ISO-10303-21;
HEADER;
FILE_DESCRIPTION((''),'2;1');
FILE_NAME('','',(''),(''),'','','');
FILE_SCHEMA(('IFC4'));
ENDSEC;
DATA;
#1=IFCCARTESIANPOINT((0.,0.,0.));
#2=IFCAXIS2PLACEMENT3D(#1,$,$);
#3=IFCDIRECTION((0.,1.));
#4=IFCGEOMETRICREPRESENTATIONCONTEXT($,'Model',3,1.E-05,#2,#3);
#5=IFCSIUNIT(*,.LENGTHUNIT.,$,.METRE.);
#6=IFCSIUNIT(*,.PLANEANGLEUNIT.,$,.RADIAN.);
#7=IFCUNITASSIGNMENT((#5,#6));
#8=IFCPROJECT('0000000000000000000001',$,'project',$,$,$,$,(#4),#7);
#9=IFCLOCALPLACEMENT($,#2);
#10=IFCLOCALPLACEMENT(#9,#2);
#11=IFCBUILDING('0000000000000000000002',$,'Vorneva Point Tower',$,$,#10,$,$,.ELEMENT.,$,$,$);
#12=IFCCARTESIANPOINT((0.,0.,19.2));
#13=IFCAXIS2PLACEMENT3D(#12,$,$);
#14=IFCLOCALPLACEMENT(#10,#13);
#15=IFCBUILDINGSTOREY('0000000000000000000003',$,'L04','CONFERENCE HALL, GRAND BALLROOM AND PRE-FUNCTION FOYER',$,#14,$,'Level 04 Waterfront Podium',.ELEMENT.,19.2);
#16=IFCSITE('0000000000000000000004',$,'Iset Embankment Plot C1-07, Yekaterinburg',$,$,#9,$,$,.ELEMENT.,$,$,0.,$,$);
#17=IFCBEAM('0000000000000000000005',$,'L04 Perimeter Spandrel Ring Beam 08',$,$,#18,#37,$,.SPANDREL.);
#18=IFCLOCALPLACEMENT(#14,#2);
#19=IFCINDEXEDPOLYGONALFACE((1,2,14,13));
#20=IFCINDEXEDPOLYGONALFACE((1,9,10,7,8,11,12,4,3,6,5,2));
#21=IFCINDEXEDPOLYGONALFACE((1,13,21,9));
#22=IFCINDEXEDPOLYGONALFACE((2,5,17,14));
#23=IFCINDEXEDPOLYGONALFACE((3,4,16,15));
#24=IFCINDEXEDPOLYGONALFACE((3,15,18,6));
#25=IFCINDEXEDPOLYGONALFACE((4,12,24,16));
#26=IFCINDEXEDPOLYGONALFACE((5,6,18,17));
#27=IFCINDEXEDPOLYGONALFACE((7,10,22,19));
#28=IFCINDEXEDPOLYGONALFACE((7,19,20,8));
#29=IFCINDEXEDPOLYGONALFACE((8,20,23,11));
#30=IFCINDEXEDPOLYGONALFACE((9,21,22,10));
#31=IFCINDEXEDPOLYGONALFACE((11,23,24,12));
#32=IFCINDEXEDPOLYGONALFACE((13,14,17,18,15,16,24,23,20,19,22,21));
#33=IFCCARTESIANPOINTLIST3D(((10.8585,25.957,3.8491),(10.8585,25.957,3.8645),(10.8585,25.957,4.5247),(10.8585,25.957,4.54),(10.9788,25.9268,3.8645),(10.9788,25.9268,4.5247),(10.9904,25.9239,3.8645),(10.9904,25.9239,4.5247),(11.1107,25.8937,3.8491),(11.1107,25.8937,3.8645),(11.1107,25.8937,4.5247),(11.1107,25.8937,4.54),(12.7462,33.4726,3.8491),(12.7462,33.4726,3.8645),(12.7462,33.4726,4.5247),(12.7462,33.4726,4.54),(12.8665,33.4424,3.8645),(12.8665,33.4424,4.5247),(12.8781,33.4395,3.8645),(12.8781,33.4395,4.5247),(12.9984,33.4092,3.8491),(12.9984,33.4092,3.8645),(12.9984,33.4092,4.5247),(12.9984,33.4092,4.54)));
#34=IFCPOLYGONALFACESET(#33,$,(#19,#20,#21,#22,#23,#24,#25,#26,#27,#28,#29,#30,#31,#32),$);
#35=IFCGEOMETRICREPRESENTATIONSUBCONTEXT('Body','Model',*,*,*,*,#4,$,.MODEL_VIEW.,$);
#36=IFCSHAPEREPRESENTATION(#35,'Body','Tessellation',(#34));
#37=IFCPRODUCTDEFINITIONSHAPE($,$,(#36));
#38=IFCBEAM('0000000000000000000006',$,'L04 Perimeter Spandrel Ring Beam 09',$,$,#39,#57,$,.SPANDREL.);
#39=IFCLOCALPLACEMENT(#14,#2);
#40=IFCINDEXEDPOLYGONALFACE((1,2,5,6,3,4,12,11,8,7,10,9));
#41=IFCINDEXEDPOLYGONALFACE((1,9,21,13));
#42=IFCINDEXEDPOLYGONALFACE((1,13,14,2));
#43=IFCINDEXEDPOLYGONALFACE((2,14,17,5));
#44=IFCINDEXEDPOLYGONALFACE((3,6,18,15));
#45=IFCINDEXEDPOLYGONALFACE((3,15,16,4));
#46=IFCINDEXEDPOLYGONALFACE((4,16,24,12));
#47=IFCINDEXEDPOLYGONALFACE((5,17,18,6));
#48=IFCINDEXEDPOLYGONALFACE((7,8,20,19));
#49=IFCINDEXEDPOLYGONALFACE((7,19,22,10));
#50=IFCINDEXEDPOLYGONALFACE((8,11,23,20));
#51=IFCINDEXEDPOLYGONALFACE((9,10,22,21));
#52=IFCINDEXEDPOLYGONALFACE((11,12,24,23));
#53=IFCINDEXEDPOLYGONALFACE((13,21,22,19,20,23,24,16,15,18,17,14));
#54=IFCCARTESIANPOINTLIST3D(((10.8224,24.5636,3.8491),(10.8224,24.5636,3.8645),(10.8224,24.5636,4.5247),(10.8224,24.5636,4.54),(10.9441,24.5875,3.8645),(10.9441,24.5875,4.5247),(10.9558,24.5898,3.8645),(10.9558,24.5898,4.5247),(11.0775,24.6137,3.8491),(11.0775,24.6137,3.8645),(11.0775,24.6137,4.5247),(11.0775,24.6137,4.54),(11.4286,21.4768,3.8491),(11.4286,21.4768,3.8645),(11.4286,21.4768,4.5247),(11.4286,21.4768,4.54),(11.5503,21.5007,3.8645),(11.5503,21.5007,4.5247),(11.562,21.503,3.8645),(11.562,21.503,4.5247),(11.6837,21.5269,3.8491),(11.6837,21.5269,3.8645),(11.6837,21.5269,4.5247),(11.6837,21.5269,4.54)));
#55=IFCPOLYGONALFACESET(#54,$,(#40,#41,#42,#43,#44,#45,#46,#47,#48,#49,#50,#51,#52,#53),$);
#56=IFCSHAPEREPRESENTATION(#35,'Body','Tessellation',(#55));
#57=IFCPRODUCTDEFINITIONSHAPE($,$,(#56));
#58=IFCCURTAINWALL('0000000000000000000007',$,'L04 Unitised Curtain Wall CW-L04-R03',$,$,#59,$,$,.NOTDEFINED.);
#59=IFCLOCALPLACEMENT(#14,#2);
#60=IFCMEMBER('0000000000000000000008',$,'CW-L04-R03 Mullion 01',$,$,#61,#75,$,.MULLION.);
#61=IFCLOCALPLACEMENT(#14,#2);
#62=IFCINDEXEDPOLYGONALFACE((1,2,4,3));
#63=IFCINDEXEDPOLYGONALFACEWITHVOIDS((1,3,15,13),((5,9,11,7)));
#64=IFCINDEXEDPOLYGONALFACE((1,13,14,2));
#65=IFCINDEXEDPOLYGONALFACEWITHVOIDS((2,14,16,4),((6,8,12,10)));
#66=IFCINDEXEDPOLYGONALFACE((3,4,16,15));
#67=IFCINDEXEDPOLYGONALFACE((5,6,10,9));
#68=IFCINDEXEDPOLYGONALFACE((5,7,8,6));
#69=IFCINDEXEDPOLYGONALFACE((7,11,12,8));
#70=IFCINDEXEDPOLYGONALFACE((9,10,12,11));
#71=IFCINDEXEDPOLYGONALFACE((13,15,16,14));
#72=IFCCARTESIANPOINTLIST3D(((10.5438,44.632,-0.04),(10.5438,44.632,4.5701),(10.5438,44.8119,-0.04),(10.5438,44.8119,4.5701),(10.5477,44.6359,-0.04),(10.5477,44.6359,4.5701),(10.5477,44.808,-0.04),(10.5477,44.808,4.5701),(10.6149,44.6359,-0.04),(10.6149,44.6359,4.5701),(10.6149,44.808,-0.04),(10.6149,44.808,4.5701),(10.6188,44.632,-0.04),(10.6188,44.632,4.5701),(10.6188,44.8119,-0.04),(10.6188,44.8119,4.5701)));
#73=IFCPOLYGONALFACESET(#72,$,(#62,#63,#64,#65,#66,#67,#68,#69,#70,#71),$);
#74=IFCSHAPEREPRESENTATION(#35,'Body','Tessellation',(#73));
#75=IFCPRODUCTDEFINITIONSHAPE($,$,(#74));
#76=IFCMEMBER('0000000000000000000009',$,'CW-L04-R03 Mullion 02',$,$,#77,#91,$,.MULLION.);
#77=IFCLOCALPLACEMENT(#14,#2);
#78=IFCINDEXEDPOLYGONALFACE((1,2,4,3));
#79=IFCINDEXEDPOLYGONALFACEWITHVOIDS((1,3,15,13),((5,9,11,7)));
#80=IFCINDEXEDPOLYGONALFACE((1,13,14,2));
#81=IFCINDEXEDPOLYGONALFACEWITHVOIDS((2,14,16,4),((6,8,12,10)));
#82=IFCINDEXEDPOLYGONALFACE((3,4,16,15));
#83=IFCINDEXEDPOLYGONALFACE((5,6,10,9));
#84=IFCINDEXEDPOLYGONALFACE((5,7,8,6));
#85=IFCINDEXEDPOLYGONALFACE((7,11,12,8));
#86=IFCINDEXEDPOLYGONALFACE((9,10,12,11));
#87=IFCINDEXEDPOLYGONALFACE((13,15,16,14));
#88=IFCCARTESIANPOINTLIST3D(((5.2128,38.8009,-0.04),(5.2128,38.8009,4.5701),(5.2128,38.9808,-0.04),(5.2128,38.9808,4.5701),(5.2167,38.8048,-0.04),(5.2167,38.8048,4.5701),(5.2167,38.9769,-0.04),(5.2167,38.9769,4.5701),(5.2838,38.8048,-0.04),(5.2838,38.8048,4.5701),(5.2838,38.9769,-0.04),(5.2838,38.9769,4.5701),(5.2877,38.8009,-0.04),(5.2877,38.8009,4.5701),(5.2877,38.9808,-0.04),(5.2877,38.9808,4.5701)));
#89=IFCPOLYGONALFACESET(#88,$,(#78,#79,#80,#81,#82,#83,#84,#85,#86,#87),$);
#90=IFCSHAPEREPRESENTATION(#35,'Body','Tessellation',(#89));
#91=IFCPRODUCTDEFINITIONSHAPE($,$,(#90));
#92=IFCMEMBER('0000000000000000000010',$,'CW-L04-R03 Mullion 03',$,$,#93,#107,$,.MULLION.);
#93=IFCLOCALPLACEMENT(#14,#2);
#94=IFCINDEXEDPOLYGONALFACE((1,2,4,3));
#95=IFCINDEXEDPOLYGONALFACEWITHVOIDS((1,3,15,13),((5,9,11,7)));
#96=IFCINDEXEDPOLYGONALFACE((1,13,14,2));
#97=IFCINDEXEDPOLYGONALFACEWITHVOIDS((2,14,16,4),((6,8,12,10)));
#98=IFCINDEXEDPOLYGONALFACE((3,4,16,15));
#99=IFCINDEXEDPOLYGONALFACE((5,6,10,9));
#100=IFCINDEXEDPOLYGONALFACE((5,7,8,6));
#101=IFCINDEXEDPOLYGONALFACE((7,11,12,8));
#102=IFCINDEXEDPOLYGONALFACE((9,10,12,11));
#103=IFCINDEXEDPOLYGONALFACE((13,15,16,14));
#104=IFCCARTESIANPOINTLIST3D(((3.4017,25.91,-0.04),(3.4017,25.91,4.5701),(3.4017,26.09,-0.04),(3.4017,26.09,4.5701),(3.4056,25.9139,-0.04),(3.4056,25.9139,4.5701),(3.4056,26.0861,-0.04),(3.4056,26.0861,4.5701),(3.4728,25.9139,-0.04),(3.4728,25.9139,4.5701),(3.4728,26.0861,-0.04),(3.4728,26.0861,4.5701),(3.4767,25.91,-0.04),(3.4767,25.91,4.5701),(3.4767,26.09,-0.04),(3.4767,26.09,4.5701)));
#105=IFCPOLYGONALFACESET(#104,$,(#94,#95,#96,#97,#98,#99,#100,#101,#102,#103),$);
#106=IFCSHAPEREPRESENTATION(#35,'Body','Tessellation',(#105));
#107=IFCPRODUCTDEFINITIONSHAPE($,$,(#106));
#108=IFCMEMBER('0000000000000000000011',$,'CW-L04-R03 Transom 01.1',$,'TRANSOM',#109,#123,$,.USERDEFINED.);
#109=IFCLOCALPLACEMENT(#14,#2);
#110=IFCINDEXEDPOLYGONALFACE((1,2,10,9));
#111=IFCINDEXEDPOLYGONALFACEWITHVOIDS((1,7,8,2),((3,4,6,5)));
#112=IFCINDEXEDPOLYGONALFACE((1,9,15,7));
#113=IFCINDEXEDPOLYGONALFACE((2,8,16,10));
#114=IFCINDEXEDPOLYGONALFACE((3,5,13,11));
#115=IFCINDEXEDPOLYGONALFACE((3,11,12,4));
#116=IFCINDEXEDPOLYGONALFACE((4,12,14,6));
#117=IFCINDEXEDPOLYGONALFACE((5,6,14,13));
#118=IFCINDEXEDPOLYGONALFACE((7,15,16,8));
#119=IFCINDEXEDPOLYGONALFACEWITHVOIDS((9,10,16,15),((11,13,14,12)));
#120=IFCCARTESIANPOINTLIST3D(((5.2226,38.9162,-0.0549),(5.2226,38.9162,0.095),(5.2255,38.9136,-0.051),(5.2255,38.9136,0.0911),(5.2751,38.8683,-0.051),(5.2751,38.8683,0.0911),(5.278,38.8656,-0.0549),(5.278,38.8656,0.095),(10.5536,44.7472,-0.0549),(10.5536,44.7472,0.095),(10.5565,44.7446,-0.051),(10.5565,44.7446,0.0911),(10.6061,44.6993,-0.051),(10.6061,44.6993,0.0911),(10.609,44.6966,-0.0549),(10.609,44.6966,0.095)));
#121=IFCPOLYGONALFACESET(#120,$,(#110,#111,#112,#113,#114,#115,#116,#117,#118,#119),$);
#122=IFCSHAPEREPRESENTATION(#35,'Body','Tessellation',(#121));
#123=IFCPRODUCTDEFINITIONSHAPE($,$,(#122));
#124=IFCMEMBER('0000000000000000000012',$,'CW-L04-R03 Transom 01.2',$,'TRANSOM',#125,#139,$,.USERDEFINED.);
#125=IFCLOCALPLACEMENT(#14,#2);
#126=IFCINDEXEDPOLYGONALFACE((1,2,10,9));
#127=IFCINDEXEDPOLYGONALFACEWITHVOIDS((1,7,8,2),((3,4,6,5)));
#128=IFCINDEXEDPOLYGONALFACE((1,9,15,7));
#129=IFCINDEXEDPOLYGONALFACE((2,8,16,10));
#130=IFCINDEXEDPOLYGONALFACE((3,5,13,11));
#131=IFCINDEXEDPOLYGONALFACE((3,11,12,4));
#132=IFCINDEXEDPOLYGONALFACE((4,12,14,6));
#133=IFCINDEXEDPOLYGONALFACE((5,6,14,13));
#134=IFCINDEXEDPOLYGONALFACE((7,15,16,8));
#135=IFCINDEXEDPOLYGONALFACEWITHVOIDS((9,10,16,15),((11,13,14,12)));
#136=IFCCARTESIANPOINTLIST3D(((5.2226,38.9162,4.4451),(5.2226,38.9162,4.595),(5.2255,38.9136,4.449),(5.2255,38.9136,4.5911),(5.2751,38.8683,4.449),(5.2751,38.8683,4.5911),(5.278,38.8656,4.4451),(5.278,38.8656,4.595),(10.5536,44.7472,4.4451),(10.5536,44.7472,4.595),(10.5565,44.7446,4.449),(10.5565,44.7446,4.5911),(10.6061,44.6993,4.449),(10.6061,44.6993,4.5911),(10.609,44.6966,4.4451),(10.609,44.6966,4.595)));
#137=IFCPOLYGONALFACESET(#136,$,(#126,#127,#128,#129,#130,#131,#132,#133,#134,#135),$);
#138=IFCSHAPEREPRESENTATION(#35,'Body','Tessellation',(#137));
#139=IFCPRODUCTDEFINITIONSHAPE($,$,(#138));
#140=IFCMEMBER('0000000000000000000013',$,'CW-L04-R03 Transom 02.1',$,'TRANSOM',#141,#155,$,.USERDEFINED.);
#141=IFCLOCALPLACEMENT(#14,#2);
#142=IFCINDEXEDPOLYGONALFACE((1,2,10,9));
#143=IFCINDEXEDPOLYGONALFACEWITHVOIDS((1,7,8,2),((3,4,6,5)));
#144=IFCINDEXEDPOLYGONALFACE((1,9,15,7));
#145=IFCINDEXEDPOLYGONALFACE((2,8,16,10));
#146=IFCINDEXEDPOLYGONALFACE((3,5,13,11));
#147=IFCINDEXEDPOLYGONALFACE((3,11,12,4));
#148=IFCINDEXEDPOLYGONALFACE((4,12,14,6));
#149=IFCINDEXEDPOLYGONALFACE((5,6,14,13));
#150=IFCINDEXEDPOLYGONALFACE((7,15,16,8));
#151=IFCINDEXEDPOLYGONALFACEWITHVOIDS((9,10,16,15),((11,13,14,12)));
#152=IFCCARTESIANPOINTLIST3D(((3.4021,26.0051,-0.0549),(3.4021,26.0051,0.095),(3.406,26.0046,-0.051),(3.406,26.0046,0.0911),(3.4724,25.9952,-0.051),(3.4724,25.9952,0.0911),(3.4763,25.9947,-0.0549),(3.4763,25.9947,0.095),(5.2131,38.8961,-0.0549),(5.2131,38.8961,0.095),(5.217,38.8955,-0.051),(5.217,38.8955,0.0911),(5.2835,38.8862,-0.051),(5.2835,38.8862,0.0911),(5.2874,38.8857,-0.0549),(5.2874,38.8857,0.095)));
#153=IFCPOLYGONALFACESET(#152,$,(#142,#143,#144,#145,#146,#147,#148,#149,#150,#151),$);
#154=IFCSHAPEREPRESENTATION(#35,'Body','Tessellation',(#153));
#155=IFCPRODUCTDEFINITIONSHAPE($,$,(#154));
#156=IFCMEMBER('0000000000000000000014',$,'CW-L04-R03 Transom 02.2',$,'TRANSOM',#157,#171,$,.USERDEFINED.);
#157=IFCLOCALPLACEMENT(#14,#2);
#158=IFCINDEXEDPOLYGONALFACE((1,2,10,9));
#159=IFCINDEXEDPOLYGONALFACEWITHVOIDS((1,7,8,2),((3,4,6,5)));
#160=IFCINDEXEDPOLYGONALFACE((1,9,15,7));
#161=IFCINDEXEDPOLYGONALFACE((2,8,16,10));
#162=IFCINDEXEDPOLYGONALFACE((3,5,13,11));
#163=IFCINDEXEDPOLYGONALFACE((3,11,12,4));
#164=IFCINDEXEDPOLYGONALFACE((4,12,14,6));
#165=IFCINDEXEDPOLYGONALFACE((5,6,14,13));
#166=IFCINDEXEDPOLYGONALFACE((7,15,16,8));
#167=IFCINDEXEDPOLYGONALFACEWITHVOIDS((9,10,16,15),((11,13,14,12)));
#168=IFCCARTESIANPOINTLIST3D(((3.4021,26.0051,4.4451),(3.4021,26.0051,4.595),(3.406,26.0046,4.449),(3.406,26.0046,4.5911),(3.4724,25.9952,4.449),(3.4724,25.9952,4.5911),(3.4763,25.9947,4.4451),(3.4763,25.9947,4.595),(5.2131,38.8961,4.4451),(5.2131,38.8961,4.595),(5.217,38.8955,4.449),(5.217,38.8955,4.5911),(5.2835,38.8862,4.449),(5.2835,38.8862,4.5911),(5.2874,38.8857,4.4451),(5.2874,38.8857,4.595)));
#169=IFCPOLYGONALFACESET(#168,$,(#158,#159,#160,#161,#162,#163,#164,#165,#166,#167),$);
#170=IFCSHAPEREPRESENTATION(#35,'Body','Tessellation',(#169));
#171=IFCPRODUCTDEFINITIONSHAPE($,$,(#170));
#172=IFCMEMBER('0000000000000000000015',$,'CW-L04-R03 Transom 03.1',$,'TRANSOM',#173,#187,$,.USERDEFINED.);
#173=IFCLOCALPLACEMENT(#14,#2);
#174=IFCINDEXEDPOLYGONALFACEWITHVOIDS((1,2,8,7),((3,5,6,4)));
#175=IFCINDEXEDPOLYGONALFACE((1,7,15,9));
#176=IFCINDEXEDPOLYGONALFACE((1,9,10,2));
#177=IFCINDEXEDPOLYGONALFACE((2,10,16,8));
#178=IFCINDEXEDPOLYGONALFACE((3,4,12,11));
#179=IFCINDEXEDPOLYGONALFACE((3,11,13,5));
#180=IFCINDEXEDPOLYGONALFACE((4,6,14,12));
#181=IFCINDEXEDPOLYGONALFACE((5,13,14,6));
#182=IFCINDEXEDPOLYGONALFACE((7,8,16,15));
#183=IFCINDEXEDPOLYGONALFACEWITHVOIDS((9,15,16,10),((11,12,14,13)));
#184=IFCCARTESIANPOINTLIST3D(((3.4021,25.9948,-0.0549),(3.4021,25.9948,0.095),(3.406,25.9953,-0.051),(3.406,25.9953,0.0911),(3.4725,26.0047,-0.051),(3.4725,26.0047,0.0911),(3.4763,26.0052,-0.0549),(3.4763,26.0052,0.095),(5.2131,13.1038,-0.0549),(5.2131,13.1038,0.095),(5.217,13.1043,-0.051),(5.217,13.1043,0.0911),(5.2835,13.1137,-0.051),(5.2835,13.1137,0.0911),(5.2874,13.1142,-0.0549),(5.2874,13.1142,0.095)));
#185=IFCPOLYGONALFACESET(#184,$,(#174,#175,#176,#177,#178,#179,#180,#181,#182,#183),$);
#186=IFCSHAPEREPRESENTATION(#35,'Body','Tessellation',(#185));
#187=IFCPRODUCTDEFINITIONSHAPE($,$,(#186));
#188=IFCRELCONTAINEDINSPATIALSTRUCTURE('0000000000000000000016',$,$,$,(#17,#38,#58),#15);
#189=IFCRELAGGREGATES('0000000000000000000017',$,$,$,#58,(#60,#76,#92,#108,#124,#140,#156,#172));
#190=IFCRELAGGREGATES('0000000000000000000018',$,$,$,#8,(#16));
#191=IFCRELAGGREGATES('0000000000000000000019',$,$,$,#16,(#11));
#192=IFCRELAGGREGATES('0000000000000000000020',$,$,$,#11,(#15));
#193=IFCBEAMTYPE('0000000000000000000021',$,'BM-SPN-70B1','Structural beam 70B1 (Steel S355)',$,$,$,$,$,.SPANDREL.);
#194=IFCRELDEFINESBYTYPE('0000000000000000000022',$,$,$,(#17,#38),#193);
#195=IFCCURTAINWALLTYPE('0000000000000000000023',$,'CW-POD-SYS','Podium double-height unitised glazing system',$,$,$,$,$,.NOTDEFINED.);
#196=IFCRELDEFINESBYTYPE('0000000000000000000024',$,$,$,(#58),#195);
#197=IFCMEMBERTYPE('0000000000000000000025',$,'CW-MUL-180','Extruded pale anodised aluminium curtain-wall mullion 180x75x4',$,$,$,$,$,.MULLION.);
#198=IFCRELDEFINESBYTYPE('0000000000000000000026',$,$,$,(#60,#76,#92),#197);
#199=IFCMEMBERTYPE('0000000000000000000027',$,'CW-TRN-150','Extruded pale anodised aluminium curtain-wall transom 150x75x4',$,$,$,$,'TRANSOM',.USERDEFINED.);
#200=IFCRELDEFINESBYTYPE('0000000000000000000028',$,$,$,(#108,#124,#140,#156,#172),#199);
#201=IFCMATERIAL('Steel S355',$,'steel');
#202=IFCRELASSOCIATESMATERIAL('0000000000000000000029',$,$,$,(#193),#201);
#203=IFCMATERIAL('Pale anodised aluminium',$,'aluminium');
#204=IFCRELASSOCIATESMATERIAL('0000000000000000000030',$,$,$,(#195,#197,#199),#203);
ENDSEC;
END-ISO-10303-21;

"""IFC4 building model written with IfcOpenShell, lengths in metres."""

from ifc_helpers import new_model, si_unit, direction, frame, origin, origin_2d, place, context, subcontext, project, spatial, hollow_rectangle, i_section, extrude, material, material_profile, profile_set, type_object, element, aggregate, save


model = new_model("IFC4")

# Units and contexts
model_context = context("Model", 3, precision=1e-05, world=origin(), true_north=direction((0.0, 1.0)))
body_context = subcontext(model_context, "Body", "Model", "MODEL_VIEW")
ifc_project = project(units=[si_unit("LENGTHUNIT", "METRE"), si_unit("PLANEANGLEUNIT", "RADIAN")], contexts=[model_context])

# Site, building, storey
site_placement = place(None, origin())
site = spatial("IfcSite", under=ifc_project, at=site_placement, Name="Iset Embankment Plot C1-07, Yekaterinburg", CompositionType="ELEMENT", RefElevation=0.0)
building_placement = place(site_placement, origin())
building = spatial("IfcBuilding", under=site, at=building_placement, Name="Vorneva Point Tower", CompositionType="ELEMENT")
storey_placement = place(building_placement, frame((0.0, 0.0, 19.2)))
storey = spatial("IfcBuildingStorey", under=building, at=storey_placement, Name="L04", Description="CONFERENCE HALL, GRAND BALLROOM AND PRE-FUNCTION FOYER", LongName="Level 04 Waterfront Podium", CompositionType="ELEMENT", Elevation=19.2)

# Beams
ifc_material_1 = material(Name="Steel S355", Category="steel")
ifc_material_profile_1 = material_profile(ifc_material_1, i_section(OverallWidth=0.26, OverallDepth=0.6909, WebThickness=0.012, FlangeThickness=0.0154, at=origin_2d()), Name="70B1")
ifc_profile_set_1 = profile_set([ifc_material_profile_1], Name="Steel S355")
beam_type_1 = type_object("IfcBeamType", Name="BM-SPN-70B1", Description="Structural beam 70B1 (Steel S355)", PredefinedType="SPANDREL", material=ifc_profile_set_1)
beam_1_placement = place(storey_placement, frame((12.8723, 33.4409, 4.1946), z_axis=(-0.243603, -0.969875, 0.0), x_axis=(0.969875, -0.243603, 0.0)))
element("IfcBeam", 1, at=beam_1_placement, inside=storey, type_object=beam_type_1, Name="L04 Perimeter Spandrel Ring Beam 08", PredefinedType="SPANDREL", context=body_context, shape_type="SweptSolid", body=[
    extrude(i_section(OverallWidth=0.26, OverallDepth=0.6909, WebThickness=0.012, FlangeThickness=0.0154, at=origin_2d()), origin(), (0.0, 0.0, 1.0), 7.749),
])
beam_2_placement = place(storey_placement, frame((10.95, 24.5886, 4.1946), z_axis=(0.192697, -0.981258, 0.0), x_axis=(0.981258, 0.192697, 0.0)))
element("IfcBeam", 2, at=beam_2_placement, inside=storey, type_object=beam_type_1, Name="L04 Perimeter Spandrel Ring Beam 09", PredefinedType="SPANDREL", context=body_context, shape_type="SweptSolid", body=[
    extrude(i_section(OverallWidth=0.26, OverallDepth=0.6909, WebThickness=0.012, FlangeThickness=0.0154, at=origin_2d()), origin(), (0.0, 0.0, 1.0), 3.1458),
])

# Curtain wall, members
ifc_material_2 = material(Name="Pale anodised aluminium", Category="aluminium")
curtain_wall_type = type_object("IfcCurtainWallType", Name="CW-POD-SYS", Description="Podium double-height unitised glazing system", PredefinedType="NOTDEFINED", material=ifc_material_2)
curtain_wall_placement = place(storey_placement, origin())
curtain_wall = element("IfcCurtainWall", 3, at=curtain_wall_placement, inside=storey, type_object=curtain_wall_type, Name="L04 Unitised Curtain Wall CW-L04-R03", PredefinedType="NOTDEFINED")
ifc_material_profile_2 = material_profile(ifc_material_2, hollow_rectangle(XDim=0.075, YDim=0.1799, WallThickness=0.0039, at=origin_2d()), Name="AL-MUL 180x75x4")
ifc_profile_set_2 = profile_set([ifc_material_profile_2], Name="Pale anodised aluminium")
member_type_1 = type_object("IfcMemberType", Name="CW-MUL-180", Description="Extruded pale anodised aluminium curtain-wall mullion 180x75x4", PredefinedType="MULLION", material=ifc_profile_set_2)
member_1_placement = place(storey_placement, frame((10.5813, 44.7219, -0.04), z_axis=(0.0, 0.0, 1.0), x_axis=(1.0, 0.0, 0.0)))
member_1 = element("IfcMember", 4, at=member_1_placement, type_object=member_type_1, Name="CW-L04-R03 Mullion 01", PredefinedType="MULLION", context=body_context, shape_type="SweptSolid", body=[
    extrude(hollow_rectangle(XDim=0.075, YDim=0.1799, WallThickness=0.0039, at=origin_2d()), origin(), (0.0, 0.0, 1.0), 4.6101),
])
member_2_placement = place(storey_placement, frame((5.2502, 38.8909, -0.04), z_axis=(0.0, 0.0, 1.0), x_axis=(1.0, 0.0, 0.0)))
member_2 = element("IfcMember", 5, at=member_2_placement, type_object=member_type_1, Name="CW-L04-R03 Mullion 02", PredefinedType="MULLION", context=body_context, shape_type="SweptSolid", body=[
    extrude(hollow_rectangle(XDim=0.075, YDim=0.1799, WallThickness=0.0039, at=origin_2d()), origin(), (0.0, 0.0, 1.0), 4.6101),
])
member_3_placement = place(storey_placement, frame((3.4392, 26.0, -0.04), z_axis=(0.0, 0.0, 1.0), x_axis=(1.0, 0.0, 0.0)))
member_3 = element("IfcMember", 6, at=member_3_placement, type_object=member_type_1, Name="CW-L04-R03 Mullion 03", PredefinedType="MULLION", context=body_context, shape_type="SweptSolid", body=[
    extrude(hollow_rectangle(XDim=0.075, YDim=0.1799, WallThickness=0.0039, at=origin_2d()), origin(), (0.0, 0.0, 1.0), 4.6101),
])
ifc_material_profile_3 = material_profile(ifc_material_2, hollow_rectangle(XDim=0.075, YDim=0.1499, WallThickness=0.0039, at=origin_2d()), Name="AL-TRN 150x75x4")
ifc_profile_set_3 = profile_set([ifc_material_profile_3], Name="Pale anodised aluminium")
member_type_2 = type_object("IfcMemberType", Name="CW-TRN-150", Description="Extruded pale anodised aluminium curtain-wall transom 150x75x4", ElementType="TRANSOM", PredefinedType="USERDEFINED", material=ifc_profile_set_3)
member_4_placement = place(storey_placement, frame((10.5813, 44.7219, 0.02), z_axis=(-0.674756, -0.738041, 0.0), x_axis=(0.738041, -0.674756, 0.0)))
member_4 = element("IfcMember", 7, at=member_4_placement, type_object=member_type_2, Name="CW-L04-R03 Transom 01.1", ObjectType="TRANSOM", PredefinedType="USERDEFINED", context=body_context, shape_type="SweptSolid", body=[
    extrude(hollow_rectangle(XDim=0.075, YDim=0.1499, WallThickness=0.0039, at=origin_2d()), origin(), (0.0, 0.0, 1.0), 7.9006),
])
member_5_placement = place(storey_placement, frame((10.5813, 44.7219, 4.52), z_axis=(-0.674756, -0.738041, 0.0), x_axis=(0.738041, -0.674756, 0.0)))
member_5 = element("IfcMember", 8, at=member_5_placement, type_object=member_type_2, Name="CW-L04-R03 Transom 01.2", ObjectType="TRANSOM", PredefinedType="USERDEFINED", context=body_context, shape_type="SweptSolid", body=[
    extrude(hollow_rectangle(XDim=0.075, YDim=0.1499, WallThickness=0.0039, at=origin_2d()), origin(), (0.0, 0.0, 1.0), 7.9006),
])
member_6_placement = place(storey_placement, frame((5.2502, 38.8909, 0.02), z_axis=(-0.139124, -0.990275, 0.0), x_axis=(0.990275, -0.139124, 0.0)))
member_6 = element("IfcMember", 9, at=member_6_placement, type_object=member_type_2, Name="CW-L04-R03 Transom 02.1", ObjectType="TRANSOM", PredefinedType="USERDEFINED", context=body_context, shape_type="SweptSolid", body=[
    extrude(hollow_rectangle(XDim=0.075, YDim=0.1499, WallThickness=0.0039, at=origin_2d()), origin(), (0.0, 0.0, 1.0), 13.0176),
])
member_7_placement = place(storey_placement, frame((5.2502, 38.8909, 4.52), z_axis=(-0.139124, -0.990275, 0.0), x_axis=(0.990275, -0.139124, 0.0)))
member_7 = element("IfcMember", 10, at=member_7_placement, type_object=member_type_2, Name="CW-L04-R03 Transom 02.2", ObjectType="TRANSOM", PredefinedType="USERDEFINED", context=body_context, shape_type="SweptSolid", body=[
    extrude(hollow_rectangle(XDim=0.075, YDim=0.1499, WallThickness=0.0039, at=origin_2d()), origin(), (0.0, 0.0, 1.0), 13.0176),
])
member_8_placement = place(storey_placement, frame((3.4392, 26.0, 0.02), z_axis=(0.139124, -0.990275, 0.0), x_axis=(0.990275, 0.139124, 0.0)))
member_8 = element("IfcMember", 11, at=member_8_placement, type_object=member_type_2, Name="CW-L04-R03 Transom 03.1", ObjectType="TRANSOM", PredefinedType="USERDEFINED", context=body_context, shape_type="SweptSolid", body=[
    extrude(hollow_rectangle(XDim=0.075, YDim=0.1499, WallThickness=0.0039, at=origin_2d()), origin(), (0.0, 0.0, 1.0), 13.0176),
])
aggregate(curtain_wall, [member_1, member_2, member_3, member_4, member_5, member_6, member_7, member_8])

save(model, "model.ifc")
